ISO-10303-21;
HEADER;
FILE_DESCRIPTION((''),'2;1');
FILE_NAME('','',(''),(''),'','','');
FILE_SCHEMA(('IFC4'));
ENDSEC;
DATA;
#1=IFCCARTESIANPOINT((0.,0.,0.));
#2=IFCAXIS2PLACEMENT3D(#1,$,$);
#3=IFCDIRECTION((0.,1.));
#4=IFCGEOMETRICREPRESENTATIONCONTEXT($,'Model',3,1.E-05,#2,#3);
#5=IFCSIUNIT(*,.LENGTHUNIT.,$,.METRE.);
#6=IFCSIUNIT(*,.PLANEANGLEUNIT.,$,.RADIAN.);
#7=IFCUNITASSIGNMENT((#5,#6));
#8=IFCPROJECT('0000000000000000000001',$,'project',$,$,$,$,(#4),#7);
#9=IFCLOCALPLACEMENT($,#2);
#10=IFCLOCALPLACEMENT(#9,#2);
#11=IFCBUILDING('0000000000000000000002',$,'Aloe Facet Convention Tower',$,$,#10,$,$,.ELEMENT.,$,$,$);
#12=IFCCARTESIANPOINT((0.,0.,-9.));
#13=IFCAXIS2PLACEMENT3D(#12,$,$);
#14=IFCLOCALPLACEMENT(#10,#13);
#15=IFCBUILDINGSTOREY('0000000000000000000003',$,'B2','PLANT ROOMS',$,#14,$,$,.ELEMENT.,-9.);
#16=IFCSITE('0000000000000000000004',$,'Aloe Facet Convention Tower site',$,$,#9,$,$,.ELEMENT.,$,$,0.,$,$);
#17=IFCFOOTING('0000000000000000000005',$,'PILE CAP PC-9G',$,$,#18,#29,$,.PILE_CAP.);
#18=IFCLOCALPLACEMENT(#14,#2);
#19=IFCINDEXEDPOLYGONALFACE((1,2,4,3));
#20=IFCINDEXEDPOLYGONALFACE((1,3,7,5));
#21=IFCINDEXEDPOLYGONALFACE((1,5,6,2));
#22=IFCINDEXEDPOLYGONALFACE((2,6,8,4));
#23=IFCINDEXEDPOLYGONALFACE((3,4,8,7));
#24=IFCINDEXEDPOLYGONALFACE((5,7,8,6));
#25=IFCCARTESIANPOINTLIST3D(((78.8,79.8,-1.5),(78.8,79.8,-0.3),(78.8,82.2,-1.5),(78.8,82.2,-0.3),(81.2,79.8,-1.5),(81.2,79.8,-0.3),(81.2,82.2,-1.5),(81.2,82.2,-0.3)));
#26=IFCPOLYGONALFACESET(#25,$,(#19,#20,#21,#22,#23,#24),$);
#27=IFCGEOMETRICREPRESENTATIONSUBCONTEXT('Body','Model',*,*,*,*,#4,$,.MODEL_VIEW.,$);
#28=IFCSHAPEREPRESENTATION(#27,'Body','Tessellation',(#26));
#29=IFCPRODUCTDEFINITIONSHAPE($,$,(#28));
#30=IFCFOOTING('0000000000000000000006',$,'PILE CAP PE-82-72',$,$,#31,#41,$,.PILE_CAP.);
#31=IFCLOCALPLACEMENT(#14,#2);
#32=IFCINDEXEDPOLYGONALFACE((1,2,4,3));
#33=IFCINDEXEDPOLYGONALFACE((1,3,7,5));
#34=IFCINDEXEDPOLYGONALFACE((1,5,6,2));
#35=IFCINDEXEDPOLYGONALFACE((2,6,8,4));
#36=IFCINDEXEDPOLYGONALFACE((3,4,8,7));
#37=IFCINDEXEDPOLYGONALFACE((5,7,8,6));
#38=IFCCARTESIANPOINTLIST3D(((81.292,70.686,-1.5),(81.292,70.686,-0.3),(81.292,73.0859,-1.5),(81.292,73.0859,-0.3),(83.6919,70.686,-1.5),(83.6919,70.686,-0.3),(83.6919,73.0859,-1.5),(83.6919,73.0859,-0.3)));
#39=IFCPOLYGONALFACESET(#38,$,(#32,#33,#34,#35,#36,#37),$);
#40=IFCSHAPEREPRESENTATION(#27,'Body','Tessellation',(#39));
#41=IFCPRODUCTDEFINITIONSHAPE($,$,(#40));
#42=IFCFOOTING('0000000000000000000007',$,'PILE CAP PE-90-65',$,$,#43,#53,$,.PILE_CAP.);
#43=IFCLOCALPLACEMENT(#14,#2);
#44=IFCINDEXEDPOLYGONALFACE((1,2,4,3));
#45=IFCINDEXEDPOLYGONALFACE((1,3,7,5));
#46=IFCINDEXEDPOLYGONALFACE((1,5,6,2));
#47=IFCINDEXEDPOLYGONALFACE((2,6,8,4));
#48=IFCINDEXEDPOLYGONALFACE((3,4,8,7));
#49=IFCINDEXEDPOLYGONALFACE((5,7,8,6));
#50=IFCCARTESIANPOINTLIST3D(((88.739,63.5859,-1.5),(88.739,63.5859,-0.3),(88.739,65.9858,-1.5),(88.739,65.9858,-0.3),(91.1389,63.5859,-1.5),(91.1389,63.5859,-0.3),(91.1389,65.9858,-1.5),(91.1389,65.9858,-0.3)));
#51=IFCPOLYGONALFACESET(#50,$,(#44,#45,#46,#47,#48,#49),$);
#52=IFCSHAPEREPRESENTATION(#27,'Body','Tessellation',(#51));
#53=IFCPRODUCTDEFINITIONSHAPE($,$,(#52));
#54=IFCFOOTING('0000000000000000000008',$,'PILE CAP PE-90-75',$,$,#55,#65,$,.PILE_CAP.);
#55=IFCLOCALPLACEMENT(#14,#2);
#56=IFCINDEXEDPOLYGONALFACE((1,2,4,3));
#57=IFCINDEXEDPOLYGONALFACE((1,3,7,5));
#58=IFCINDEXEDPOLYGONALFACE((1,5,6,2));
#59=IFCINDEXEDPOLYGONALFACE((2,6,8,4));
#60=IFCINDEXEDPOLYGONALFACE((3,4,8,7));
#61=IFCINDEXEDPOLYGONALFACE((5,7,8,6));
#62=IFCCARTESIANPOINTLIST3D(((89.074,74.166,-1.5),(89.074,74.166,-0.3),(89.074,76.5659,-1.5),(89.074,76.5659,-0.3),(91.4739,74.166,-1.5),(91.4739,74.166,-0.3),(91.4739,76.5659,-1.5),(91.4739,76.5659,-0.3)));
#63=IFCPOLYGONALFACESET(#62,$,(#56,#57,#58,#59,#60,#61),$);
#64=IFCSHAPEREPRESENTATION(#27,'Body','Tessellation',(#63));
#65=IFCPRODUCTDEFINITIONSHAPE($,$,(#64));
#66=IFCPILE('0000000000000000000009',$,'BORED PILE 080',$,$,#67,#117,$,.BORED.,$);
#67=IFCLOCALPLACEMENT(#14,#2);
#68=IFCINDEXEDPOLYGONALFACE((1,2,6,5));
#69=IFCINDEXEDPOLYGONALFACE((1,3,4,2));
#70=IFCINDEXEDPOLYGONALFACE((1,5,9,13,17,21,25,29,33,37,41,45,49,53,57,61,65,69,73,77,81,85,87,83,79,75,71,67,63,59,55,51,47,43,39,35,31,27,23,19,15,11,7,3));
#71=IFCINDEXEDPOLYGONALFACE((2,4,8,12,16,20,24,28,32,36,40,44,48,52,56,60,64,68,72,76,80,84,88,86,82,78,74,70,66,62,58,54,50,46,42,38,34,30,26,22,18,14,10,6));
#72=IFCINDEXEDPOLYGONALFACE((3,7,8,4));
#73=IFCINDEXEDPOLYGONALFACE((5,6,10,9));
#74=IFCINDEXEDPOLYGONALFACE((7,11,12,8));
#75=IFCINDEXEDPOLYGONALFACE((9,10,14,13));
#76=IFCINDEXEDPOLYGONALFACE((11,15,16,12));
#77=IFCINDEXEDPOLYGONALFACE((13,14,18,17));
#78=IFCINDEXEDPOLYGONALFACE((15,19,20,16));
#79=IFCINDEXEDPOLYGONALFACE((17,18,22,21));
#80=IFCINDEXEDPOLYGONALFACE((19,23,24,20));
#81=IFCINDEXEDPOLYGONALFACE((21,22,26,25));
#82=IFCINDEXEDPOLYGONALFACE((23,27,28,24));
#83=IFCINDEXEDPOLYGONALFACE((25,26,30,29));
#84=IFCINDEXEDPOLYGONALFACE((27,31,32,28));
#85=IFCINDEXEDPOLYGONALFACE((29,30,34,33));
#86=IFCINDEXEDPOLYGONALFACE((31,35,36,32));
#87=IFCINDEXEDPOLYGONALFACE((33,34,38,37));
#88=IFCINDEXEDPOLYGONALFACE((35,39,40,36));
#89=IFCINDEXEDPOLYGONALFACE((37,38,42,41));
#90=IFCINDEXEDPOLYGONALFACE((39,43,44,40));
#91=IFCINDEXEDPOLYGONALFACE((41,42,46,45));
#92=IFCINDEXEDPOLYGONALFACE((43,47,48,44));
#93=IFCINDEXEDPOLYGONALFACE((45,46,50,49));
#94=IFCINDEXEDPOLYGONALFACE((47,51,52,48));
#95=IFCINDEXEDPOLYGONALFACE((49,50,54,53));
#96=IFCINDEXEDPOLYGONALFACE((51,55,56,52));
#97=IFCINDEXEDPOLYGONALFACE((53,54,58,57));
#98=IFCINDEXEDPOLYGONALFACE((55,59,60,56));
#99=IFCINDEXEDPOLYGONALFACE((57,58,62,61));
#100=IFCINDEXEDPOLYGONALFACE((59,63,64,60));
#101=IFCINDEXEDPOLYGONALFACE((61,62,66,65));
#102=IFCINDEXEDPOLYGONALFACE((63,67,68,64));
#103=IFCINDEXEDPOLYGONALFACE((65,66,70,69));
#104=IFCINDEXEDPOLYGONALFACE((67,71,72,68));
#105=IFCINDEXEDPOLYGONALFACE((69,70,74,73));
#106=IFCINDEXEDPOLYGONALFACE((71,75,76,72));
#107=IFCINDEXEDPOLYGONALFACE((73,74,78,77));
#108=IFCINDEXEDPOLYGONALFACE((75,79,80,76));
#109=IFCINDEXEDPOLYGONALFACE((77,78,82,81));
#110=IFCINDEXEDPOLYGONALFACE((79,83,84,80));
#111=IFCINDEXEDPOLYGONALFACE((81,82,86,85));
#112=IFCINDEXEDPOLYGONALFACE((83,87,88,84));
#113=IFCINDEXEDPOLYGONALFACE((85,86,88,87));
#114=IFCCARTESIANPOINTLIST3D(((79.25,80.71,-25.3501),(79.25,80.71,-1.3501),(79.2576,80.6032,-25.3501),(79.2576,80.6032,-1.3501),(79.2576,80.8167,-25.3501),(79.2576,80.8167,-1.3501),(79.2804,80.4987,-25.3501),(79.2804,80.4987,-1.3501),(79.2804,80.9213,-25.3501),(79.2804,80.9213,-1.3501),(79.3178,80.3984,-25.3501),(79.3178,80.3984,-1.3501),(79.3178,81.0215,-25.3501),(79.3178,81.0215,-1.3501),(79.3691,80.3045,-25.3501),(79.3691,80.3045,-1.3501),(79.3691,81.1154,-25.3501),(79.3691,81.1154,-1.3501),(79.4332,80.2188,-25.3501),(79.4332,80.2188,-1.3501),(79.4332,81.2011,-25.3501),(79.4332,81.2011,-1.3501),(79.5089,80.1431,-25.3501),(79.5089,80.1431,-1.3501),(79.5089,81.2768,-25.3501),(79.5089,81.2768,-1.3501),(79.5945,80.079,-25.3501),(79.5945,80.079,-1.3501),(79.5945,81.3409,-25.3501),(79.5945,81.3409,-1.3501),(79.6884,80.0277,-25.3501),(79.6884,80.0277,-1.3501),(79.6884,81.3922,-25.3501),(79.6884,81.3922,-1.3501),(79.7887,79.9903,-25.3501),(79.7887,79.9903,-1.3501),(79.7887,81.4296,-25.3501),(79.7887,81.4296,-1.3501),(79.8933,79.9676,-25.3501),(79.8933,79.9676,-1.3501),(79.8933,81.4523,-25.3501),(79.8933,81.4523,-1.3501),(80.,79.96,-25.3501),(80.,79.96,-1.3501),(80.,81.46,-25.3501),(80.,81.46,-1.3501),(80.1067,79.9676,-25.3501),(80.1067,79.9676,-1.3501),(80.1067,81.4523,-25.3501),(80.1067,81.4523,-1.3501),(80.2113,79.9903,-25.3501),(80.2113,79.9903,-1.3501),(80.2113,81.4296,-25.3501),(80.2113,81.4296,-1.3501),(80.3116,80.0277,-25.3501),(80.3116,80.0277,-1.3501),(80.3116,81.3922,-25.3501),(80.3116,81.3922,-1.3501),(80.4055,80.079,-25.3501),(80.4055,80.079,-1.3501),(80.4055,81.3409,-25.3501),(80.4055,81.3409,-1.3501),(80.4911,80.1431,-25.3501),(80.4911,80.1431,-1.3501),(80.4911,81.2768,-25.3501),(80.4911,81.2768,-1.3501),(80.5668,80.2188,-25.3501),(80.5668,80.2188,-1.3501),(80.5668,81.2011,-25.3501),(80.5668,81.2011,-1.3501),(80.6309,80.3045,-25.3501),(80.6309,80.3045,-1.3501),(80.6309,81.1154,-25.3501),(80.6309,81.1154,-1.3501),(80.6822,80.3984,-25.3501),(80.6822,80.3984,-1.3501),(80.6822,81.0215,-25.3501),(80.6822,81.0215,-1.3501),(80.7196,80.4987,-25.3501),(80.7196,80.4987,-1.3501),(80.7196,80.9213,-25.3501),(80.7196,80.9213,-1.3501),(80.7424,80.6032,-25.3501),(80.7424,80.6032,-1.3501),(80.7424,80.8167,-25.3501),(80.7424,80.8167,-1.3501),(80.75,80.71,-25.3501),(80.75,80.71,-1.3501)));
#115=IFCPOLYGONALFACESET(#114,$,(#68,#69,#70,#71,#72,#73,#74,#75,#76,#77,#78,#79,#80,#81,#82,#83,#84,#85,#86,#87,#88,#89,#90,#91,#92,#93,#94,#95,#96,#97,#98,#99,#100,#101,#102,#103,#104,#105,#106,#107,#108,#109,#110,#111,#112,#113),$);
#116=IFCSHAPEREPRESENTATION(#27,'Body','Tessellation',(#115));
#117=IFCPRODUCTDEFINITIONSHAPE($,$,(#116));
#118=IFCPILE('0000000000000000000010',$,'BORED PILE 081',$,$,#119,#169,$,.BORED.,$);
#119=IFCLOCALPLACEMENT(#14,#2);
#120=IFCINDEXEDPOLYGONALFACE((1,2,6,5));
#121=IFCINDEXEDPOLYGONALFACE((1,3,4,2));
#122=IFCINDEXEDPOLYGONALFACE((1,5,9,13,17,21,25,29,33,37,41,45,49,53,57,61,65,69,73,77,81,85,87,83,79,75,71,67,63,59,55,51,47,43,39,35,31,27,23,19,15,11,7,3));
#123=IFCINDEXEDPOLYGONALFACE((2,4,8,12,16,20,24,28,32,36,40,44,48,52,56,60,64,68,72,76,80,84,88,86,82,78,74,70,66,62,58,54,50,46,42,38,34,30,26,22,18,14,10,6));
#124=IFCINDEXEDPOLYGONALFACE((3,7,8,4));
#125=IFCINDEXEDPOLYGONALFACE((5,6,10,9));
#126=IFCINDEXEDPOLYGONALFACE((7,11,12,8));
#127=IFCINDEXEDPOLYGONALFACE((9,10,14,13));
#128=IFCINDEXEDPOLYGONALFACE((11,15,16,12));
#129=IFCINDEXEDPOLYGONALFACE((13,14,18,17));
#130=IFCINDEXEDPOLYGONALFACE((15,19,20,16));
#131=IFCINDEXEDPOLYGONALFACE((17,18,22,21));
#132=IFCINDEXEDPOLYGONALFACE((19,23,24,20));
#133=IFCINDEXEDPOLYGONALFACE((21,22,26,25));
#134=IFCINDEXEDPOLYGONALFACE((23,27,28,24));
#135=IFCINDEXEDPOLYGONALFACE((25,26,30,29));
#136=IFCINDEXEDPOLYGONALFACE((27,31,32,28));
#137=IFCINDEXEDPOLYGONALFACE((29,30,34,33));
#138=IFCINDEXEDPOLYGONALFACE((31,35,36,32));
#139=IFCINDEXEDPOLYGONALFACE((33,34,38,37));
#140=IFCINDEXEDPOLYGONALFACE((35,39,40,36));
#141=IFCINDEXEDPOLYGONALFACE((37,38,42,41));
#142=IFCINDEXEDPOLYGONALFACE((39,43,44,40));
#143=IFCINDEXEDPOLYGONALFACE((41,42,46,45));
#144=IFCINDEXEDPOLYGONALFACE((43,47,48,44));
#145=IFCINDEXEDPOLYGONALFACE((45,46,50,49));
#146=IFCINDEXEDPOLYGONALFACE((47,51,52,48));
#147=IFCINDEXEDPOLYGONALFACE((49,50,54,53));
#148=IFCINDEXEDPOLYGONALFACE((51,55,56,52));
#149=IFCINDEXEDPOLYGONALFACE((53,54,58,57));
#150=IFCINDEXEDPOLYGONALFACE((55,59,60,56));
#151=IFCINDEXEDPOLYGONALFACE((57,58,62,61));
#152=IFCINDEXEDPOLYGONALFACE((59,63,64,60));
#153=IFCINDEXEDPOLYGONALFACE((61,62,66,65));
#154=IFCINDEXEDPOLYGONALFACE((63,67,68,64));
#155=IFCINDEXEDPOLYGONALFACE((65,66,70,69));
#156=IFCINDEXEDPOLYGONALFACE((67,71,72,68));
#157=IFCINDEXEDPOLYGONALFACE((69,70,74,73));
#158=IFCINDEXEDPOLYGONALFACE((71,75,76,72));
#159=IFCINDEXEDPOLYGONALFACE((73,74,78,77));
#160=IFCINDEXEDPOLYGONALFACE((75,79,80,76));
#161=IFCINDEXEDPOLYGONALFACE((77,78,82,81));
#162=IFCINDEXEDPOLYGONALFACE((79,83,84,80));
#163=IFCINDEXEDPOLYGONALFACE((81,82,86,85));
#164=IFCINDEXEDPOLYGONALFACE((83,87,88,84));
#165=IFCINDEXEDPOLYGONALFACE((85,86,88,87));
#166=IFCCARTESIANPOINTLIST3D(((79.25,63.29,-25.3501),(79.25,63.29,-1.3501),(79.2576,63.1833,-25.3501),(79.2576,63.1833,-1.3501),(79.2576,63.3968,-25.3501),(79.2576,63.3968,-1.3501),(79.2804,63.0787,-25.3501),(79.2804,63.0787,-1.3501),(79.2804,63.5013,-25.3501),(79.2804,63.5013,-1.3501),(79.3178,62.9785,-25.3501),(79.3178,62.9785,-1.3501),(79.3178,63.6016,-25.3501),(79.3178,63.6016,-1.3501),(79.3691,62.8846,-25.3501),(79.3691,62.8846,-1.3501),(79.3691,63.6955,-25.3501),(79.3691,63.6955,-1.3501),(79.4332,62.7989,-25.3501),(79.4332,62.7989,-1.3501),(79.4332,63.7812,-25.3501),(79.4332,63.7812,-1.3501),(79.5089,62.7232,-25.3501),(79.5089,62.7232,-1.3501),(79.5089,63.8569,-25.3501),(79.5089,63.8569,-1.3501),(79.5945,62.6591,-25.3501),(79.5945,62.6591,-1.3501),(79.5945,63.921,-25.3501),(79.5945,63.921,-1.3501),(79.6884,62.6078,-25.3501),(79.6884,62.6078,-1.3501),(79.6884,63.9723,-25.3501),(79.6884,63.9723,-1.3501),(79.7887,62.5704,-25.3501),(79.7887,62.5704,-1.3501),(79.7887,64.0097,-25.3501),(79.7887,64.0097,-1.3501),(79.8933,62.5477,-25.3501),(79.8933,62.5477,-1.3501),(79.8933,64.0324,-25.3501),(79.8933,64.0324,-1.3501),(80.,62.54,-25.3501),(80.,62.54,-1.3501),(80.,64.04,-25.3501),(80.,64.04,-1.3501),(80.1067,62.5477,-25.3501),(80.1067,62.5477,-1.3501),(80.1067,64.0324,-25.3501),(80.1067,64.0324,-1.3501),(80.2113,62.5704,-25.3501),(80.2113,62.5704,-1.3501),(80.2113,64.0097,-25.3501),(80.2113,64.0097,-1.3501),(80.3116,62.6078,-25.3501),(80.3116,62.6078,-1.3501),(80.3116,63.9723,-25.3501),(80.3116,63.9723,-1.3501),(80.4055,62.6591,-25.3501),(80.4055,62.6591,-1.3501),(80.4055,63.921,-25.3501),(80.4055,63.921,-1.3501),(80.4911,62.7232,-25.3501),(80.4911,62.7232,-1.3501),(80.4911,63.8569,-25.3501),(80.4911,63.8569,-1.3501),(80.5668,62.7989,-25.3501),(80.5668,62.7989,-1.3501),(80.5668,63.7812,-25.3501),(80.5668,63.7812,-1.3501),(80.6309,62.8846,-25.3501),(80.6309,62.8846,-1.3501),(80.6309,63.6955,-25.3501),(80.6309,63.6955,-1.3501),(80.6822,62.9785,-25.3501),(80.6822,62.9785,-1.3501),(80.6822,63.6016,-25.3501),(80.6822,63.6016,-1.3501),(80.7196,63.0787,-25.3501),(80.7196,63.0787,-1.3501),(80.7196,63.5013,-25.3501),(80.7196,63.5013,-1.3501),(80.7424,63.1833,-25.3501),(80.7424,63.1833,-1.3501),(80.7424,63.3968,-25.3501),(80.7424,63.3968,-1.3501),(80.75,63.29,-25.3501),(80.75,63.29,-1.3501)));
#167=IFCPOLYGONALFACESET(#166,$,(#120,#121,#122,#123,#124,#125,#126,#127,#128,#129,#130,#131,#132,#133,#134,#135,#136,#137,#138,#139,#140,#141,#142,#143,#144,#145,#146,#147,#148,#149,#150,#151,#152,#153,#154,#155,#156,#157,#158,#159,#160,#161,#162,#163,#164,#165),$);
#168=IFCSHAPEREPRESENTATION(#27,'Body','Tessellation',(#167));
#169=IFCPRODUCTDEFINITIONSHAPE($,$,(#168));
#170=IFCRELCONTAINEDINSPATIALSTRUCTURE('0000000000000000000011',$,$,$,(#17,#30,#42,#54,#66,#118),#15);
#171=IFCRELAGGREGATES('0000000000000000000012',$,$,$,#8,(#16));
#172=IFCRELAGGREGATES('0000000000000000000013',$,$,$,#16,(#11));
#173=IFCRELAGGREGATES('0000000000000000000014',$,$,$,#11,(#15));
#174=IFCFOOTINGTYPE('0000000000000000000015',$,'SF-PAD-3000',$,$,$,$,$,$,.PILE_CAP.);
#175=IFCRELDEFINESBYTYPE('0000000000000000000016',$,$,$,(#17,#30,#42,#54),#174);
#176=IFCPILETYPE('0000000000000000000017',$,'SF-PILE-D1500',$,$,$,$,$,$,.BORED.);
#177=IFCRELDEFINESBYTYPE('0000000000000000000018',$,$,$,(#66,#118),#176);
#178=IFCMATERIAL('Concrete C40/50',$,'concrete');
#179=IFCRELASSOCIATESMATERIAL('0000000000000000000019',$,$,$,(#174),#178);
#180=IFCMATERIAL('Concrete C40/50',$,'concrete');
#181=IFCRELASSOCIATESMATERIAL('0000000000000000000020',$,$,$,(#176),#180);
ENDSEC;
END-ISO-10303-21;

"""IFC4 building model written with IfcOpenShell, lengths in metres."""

from ifc_helpers import new_model, si_unit, direction, frame, origin, origin_2d, place, context, subcontext, project, spatial, rectangle, circle, extrude, material, material_profile, profile_set, type_object, element, save


model = new_model("IFC4")

# Units and contexts
model_context = context("Model", 3, precision=1e-05, world=origin(), true_north=direction((0.0, 1.0)))
body_context = subcontext(model_context, "Body", "Model", "MODEL_VIEW")
ifc_project = project(units=[si_unit("LENGTHUNIT", "METRE"), si_unit("PLANEANGLEUNIT", "RADIAN")], contexts=[model_context])

# Site, building, storey
site_placement = place(None, origin())
site = spatial("IfcSite", under=ifc_project, at=site_placement, Name="Aloe Facet Convention Tower site", CompositionType="ELEMENT", RefElevation=0.0)
building_placement = place(site_placement, origin())
building = spatial("IfcBuilding", under=site, at=building_placement, Name="Aloe Facet Convention Tower", CompositionType="ELEMENT")
storey_placement = place(building_placement, frame((0.0, 0.0, -9.0)))
storey = spatial("IfcBuildingStorey", under=building, at=storey_placement, Name="B2", Description="PLANT ROOMS", CompositionType="ELEMENT", Elevation=-9.0)

# Footings
ifc_material_1 = material(Name="Concrete C40/50", Category="concrete")
footing_type = type_object("IfcFootingType", Name="SF-PAD-3000", PredefinedType="PILE_CAP", material=ifc_material_1)
for number, where, z_axis, x_axis, name in (
    (1, (80.0, 81.0, -1.5), (0.0, 0.0, 1.0), (1.0, 0.0, 0.0), "PILE CAP PC-9G"),
    (2, (82.4919, 71.886, -1.5), (0.0, 0.0, 1.0), (1.0, 0.0, 0.0), "PILE CAP PE-82-72"),
    (3, (89.939, 64.7859, -1.5), (0.0, 0.0, 1.0), (1.0, 0.0, 0.0), "PILE CAP PE-90-65"),
    (4, (90.2739, 75.366, -1.5), (0.0, 0.0, 1.0), (1.0, 0.0, 0.0), "PILE CAP PE-90-75"),
):
    element("IfcFooting", number, at=place(storey_placement, frame(where, z_axis=z_axis, x_axis=x_axis)), inside=storey, type_object=footing_type, Name=name, PredefinedType="PILE_CAP", context=body_context, shape_type="SweptSolid", body=[
        extrude(rectangle(XDim=2.3999, YDim=2.3999, at=origin_2d()), origin(), (0.0, 0.0, 1.0), 1.2),
    ])

# Piles
ifc_material_2 = material(Name="Concrete C40/50", Category="concrete")
ifc_material_profile_1 = material_profile(ifc_material_2, circle(Radius=0.75, at=origin_2d()), Name="D1500")
ifc_profile_set_1 = profile_set([ifc_material_profile_1], Name="Concrete C40/50")
pile_type = type_object("IfcPileType", Name="SF-PILE-D1500", PredefinedType="BORED", material=ifc_profile_set_1)
for number, where, z_axis, x_axis, name in (
    (5, (80.0, 80.71, -1.3501), (0.0, 0.0, -1.0), (1.0, 0.0, 0.0), "BORED PILE 080"),
    (6, (80.0, 63.29, -1.3501), (0.0, 0.0, -1.0), (1.0, 0.0, 0.0), "BORED PILE 081"),
):
    element("IfcPile", number, at=place(storey_placement, frame(where, z_axis=z_axis, x_axis=x_axis)), inside=storey, type_object=pile_type, Name=name, PredefinedType="BORED", context=body_context, shape_type="SweptSolid", body=[
        extrude(circle(Radius=0.75, at=origin_2d()), origin(), (0.0, 0.0, 1.0), 24.0),
    ])

save(model, "model.ifc")
